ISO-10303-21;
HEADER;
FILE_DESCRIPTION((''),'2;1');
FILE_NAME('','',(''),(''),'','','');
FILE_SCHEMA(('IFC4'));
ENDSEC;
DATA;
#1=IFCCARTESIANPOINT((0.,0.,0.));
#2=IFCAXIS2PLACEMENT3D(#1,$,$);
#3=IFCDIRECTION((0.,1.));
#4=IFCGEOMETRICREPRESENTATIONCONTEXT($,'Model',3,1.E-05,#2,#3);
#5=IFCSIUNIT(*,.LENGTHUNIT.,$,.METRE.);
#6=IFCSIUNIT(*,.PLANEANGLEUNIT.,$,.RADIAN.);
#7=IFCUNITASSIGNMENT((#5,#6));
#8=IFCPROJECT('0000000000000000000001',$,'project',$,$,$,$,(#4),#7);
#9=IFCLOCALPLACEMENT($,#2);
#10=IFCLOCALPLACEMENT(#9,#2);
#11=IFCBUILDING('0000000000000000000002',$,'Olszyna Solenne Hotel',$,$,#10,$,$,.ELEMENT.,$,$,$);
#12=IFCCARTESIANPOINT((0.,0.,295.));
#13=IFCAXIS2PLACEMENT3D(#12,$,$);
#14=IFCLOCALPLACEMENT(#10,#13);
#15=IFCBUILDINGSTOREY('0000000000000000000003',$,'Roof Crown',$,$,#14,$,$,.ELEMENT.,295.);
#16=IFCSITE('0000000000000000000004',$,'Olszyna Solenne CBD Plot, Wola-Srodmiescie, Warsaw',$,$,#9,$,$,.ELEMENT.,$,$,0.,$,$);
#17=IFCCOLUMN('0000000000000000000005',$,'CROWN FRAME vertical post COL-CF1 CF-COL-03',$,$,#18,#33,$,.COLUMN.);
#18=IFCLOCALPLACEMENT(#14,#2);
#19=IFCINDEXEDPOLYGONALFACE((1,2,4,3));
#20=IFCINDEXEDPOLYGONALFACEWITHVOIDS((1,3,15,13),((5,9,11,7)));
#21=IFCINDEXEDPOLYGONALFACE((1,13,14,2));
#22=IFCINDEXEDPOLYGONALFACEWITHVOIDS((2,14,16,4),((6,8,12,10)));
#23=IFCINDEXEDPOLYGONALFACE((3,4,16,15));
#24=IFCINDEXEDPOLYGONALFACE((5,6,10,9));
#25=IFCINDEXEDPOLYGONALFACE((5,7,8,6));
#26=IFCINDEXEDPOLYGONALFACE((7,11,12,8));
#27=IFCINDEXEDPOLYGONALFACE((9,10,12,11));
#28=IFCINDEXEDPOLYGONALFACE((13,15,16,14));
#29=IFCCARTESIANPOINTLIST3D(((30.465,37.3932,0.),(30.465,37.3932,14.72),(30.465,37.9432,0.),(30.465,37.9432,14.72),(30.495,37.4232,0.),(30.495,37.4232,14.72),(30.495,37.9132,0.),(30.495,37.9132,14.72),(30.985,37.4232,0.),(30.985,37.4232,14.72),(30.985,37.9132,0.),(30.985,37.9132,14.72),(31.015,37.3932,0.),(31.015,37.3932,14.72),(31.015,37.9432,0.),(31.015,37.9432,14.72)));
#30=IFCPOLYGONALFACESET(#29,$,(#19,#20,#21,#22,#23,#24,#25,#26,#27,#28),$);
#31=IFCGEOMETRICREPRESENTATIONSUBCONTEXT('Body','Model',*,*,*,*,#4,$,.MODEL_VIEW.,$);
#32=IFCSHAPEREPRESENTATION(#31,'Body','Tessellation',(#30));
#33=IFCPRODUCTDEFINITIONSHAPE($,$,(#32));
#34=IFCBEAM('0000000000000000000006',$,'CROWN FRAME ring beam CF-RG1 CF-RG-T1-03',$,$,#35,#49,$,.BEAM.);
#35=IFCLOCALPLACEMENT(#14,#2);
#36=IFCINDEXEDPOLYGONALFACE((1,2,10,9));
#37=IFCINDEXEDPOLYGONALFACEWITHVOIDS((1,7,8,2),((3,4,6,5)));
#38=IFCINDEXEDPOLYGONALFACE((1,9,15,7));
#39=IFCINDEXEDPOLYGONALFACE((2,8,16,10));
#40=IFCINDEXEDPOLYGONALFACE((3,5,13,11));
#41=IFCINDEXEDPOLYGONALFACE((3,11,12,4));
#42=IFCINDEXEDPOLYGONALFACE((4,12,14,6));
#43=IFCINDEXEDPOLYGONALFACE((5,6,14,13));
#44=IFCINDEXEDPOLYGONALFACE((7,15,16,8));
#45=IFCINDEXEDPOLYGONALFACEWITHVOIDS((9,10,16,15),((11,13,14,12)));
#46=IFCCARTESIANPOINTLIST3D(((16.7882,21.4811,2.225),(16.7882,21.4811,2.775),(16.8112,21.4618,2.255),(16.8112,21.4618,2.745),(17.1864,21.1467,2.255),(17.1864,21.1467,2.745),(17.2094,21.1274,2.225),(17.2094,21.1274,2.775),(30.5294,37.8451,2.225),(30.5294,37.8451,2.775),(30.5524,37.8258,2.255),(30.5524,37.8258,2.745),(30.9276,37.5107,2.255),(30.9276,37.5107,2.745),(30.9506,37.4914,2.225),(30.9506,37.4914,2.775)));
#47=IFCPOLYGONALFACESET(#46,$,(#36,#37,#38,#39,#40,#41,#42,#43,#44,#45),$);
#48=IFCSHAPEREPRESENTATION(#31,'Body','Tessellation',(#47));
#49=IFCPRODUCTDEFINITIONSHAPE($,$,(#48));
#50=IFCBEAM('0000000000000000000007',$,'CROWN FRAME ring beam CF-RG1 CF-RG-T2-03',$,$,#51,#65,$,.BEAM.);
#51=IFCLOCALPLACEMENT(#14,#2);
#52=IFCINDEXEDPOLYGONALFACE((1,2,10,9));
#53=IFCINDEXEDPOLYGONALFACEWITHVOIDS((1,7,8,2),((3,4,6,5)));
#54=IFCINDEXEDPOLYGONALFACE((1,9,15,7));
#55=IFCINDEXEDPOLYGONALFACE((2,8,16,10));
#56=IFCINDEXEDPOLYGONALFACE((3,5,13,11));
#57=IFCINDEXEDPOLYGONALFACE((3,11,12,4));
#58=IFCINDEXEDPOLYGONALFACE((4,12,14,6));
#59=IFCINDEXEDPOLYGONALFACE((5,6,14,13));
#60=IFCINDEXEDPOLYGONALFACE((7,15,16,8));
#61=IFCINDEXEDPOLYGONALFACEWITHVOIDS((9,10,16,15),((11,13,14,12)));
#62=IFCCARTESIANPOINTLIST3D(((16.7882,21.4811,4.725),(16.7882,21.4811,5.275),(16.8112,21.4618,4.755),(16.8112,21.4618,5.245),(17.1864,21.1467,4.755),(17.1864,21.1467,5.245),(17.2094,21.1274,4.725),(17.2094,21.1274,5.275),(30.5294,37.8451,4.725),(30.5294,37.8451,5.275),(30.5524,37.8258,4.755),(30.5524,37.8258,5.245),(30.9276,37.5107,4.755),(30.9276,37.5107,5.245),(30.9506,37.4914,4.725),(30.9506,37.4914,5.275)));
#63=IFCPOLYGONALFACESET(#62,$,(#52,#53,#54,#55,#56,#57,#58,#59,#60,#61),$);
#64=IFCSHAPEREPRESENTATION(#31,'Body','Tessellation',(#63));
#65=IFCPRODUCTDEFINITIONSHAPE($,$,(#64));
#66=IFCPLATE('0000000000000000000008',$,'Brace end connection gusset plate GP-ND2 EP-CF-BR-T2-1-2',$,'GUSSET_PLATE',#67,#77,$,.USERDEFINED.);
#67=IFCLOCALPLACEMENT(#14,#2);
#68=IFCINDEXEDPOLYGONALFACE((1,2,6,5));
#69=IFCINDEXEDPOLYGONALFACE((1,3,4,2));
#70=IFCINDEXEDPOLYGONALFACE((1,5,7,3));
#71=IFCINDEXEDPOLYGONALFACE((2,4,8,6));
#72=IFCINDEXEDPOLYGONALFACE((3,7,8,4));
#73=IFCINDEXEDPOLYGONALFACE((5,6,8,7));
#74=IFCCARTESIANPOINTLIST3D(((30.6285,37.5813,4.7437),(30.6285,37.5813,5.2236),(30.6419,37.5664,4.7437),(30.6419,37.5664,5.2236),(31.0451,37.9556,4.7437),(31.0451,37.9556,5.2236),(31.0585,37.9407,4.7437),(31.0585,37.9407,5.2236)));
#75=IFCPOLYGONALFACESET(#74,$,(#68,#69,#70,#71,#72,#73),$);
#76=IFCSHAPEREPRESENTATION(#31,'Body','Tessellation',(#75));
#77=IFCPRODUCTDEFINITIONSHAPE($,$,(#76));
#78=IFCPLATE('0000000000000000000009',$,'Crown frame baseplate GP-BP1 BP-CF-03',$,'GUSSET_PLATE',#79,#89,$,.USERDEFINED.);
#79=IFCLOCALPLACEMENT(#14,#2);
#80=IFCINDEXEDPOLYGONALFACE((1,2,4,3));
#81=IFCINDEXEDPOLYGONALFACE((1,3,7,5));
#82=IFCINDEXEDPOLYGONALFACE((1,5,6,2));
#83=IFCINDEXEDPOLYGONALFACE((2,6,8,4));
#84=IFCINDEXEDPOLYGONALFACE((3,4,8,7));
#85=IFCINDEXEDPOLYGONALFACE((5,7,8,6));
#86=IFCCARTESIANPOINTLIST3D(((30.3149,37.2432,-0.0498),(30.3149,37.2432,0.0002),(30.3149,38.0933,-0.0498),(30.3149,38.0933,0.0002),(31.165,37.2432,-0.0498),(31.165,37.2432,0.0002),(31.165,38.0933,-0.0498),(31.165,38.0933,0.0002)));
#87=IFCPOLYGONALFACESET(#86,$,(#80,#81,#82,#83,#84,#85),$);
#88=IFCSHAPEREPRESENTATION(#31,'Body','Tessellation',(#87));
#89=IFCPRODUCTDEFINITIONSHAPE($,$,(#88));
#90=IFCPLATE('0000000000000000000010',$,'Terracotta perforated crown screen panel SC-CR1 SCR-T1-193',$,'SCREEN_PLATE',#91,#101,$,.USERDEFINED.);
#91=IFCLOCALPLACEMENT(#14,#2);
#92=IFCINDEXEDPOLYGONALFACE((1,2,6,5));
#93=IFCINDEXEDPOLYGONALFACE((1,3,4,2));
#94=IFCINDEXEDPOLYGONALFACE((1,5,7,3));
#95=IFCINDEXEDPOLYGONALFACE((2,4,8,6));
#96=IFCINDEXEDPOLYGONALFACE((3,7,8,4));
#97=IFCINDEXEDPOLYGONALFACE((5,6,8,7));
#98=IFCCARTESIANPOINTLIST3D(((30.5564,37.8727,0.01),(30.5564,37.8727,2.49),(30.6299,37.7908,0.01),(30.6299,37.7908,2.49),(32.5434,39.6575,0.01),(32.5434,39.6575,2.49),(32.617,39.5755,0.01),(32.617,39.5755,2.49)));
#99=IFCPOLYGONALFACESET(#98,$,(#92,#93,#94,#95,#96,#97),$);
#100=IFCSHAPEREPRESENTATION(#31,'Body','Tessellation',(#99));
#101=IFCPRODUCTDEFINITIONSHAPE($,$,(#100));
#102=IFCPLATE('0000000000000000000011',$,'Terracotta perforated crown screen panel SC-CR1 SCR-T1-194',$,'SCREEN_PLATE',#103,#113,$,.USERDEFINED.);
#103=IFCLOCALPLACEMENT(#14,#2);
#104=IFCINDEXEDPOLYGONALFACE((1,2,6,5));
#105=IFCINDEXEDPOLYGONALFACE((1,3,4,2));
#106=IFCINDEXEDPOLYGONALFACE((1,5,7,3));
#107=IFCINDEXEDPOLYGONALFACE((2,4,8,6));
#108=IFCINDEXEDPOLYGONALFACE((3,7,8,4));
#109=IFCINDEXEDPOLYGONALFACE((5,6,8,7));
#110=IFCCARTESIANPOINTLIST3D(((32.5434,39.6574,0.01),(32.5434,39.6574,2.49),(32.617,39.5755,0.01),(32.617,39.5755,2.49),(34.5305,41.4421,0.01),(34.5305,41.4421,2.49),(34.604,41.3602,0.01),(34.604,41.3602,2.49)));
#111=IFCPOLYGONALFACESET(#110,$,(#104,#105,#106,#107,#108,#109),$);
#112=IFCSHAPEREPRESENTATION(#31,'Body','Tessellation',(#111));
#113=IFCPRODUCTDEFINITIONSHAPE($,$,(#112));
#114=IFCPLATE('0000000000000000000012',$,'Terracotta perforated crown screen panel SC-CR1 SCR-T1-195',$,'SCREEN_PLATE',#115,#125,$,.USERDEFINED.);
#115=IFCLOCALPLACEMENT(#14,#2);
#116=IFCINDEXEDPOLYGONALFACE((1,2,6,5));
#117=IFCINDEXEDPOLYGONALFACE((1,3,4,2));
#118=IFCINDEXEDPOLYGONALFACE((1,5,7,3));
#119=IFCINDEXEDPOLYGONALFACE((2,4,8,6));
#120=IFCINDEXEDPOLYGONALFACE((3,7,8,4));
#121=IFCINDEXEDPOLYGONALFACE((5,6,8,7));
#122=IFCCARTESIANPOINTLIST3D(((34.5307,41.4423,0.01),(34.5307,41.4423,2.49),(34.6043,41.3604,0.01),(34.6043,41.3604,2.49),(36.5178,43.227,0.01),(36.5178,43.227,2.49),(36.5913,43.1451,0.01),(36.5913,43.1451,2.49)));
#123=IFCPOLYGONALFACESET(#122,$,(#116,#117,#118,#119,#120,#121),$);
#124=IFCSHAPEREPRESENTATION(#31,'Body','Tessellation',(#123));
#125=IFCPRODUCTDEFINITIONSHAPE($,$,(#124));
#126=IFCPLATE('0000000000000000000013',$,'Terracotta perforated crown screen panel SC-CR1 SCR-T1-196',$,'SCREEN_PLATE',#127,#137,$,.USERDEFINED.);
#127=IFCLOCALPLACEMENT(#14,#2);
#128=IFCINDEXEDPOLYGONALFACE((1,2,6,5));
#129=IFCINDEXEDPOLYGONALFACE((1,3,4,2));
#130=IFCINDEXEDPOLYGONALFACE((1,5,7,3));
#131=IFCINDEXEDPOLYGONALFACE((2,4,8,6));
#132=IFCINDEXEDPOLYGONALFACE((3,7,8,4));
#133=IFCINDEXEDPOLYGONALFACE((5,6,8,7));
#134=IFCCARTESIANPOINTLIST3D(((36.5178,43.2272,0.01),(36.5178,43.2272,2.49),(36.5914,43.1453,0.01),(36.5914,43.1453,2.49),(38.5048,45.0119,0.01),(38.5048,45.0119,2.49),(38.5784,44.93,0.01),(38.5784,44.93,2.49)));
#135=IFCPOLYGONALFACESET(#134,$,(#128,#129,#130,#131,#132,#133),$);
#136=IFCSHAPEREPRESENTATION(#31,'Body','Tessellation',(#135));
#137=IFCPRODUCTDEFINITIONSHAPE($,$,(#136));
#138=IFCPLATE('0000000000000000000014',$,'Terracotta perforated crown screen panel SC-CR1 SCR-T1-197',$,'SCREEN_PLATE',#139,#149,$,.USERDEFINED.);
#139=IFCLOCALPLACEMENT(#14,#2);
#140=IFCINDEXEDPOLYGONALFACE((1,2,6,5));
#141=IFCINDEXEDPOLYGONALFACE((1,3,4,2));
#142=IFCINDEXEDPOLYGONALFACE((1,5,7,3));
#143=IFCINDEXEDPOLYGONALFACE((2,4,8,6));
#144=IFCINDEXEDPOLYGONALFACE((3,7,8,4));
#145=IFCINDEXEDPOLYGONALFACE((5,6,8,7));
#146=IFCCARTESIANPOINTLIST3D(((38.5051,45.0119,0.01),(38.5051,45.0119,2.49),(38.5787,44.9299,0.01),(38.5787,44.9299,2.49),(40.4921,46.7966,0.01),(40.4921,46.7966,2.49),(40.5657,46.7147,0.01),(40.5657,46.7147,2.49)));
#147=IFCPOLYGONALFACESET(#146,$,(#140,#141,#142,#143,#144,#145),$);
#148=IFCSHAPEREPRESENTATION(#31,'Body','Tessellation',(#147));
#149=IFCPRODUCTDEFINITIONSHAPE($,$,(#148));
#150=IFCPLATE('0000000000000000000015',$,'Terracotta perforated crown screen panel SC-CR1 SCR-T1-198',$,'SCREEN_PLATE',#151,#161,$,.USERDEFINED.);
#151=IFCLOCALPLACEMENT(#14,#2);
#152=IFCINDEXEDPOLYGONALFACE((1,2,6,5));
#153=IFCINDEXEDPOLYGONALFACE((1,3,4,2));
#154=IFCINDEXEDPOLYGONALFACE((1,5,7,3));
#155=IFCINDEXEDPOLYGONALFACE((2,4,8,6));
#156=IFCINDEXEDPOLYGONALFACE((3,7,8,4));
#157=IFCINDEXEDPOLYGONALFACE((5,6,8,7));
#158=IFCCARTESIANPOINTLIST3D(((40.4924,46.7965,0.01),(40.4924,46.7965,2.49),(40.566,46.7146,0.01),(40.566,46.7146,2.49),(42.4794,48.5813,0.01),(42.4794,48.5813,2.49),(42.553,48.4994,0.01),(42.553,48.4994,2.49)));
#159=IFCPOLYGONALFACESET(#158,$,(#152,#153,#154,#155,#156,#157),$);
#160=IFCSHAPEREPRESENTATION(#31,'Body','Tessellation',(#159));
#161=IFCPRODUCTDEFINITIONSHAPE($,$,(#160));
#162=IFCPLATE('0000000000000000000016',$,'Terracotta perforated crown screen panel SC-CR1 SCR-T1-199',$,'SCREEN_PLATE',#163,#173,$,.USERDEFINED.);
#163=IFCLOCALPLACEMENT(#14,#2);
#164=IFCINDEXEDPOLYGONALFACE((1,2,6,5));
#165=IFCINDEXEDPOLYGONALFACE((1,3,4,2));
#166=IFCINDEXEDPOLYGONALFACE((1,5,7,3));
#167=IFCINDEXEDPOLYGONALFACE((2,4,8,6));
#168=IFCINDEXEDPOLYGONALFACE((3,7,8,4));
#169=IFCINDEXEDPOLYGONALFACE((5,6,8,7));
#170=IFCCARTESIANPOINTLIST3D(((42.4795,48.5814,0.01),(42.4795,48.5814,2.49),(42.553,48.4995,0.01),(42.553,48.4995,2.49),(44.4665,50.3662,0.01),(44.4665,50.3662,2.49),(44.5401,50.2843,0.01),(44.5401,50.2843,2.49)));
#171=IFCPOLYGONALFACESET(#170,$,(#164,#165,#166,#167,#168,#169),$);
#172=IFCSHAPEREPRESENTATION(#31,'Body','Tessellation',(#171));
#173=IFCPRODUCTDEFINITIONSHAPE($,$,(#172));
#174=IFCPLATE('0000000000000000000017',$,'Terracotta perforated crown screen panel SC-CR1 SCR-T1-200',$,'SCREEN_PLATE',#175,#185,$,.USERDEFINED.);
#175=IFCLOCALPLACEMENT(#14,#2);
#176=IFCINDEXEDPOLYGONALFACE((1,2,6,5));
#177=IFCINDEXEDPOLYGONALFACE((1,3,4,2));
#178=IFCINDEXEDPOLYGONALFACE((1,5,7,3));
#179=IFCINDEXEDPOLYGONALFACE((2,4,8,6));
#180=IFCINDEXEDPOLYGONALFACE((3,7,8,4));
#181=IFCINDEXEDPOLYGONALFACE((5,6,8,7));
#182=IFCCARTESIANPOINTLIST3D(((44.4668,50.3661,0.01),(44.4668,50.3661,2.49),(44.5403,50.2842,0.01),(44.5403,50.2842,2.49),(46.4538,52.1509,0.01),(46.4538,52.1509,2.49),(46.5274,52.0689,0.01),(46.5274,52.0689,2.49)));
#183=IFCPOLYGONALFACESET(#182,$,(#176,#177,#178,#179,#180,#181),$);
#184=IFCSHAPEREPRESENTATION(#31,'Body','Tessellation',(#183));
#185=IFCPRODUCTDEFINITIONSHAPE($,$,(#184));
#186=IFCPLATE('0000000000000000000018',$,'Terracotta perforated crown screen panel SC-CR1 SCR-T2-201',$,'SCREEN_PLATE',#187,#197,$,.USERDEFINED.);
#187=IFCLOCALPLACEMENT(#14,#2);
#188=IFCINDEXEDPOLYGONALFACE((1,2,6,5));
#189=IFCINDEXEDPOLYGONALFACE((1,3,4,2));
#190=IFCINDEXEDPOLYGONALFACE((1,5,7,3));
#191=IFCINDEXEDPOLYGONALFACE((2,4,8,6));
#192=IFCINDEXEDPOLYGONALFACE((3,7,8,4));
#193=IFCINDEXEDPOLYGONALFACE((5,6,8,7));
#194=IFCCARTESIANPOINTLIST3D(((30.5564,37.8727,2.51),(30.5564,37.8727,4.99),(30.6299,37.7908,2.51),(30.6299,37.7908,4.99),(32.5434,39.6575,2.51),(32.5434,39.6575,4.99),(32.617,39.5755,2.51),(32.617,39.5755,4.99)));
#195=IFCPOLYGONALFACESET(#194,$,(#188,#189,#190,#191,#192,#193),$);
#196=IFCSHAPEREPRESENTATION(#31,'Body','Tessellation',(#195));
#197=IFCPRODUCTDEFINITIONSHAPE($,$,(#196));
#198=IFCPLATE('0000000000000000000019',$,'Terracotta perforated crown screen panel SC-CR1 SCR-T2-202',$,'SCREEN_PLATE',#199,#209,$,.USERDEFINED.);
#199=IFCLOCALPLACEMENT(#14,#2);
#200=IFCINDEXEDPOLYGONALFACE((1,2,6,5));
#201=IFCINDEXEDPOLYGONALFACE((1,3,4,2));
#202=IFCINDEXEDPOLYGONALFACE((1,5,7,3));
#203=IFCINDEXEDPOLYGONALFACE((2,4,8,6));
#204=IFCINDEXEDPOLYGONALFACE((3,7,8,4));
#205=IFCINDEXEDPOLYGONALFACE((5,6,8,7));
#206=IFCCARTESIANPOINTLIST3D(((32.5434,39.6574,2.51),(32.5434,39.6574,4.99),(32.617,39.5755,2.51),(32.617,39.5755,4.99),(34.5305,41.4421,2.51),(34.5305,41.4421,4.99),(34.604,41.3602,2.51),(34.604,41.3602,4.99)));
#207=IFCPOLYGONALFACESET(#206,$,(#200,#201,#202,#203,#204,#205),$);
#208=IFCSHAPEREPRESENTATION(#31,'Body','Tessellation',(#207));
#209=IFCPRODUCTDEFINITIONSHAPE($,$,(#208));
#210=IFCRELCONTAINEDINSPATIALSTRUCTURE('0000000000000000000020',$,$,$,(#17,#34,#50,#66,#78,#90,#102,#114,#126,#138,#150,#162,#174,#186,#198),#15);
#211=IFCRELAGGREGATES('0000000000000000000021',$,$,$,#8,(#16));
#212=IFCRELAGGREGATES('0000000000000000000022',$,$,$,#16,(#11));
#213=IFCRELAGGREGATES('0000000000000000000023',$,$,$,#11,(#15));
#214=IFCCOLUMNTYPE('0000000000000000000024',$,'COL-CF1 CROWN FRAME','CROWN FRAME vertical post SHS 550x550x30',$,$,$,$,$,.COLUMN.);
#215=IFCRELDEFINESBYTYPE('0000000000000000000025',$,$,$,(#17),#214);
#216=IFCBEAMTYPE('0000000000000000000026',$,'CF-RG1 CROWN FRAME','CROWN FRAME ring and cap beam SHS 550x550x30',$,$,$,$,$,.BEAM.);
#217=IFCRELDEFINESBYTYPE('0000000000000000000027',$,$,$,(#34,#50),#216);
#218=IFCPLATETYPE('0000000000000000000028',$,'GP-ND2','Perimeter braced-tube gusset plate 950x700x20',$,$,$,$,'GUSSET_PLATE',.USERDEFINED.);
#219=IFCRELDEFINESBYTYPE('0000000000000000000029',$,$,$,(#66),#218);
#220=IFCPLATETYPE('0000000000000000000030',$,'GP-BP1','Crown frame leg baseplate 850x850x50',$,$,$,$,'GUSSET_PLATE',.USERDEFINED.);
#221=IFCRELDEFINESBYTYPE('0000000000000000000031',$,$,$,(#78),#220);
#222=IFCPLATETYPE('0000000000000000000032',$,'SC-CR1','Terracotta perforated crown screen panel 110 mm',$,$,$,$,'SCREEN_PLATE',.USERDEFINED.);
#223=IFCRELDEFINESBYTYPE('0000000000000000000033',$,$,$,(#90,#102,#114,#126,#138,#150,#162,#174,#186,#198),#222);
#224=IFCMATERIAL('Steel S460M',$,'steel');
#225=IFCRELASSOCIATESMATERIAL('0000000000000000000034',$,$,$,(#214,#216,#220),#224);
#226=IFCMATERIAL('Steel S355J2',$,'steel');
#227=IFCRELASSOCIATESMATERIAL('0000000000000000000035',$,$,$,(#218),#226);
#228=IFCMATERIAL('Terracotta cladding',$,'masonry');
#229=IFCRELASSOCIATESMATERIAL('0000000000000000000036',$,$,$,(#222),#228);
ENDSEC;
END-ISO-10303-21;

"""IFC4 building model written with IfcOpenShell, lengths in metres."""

from ifc_helpers import new_model, si_unit, direction, frame, origin, origin_2d, place, context, subcontext, project, spatial, rectangle, hollow_rectangle, extrude, source, transform, mapped, material, material_profile, profile_set, type_object, element, save


model = new_model("IFC4")

# Units and contexts
model_context = context("Model", 3, precision=1e-05, world=origin(), true_north=direction((0.0, 1.0)))
body_context = subcontext(model_context, "Body", "Model", "MODEL_VIEW")
ifc_project = project(units=[si_unit("LENGTHUNIT", "METRE"), si_unit("PLANEANGLEUNIT", "RADIAN")], contexts=[model_context])

# Site, building, storey
site_placement = place(None, origin())
site = spatial("IfcSite", under=ifc_project, at=site_placement, Name="Olszyna Solenne CBD Plot, Wola-Srodmiescie, Warsaw", CompositionType="ELEMENT", RefElevation=0.0)
building_placement = place(site_placement, origin())
building = spatial("IfcBuilding", under=site, at=building_placement, Name="Olszyna Solenne Hotel", CompositionType="ELEMENT")
storey_placement = place(building_placement, frame((0.0, 0.0, 295.0)))
storey = spatial("IfcBuildingStorey", under=building, at=storey_placement, Name="Roof Crown", CompositionType="ELEMENT", Elevation=295.0)

# Column
ifc_material_1 = material(Name="Steel S460M", Category="steel")
ifc_material_profile_1 = material_profile(ifc_material_1, hollow_rectangle(XDim=0.55, YDim=0.55, WallThickness=0.03, at=origin_2d()), Name="SHS 550x550x30", Category="load-bearing")
ifc_profile_set_1 = profile_set([ifc_material_profile_1], Name="Steel S460M")
column_type = type_object("IfcColumnType", Name="COL-CF1 CROWN FRAME", Description="CROWN FRAME vertical post SHS 550x550x30", PredefinedType="COLUMN", material=ifc_profile_set_1)
shared_shape_1 = source(origin(), body_context, "Body", "SweptSolid", [
    extrude(hollow_rectangle(XDim=0.55, YDim=0.55, WallThickness=0.03, at=origin_2d()), origin(), (0.0, 0.0, 1.0), 14.72),
])
column_placement = place(storey_placement, frame((30.74, 37.6682, 0.0), z_axis=(0.0, 0.0, 1.0), x_axis=(1.0, 0.0, 0.0)))
element("IfcColumn", 1, at=column_placement, inside=storey, type_object=column_type, Name="CROWN FRAME vertical post COL-CF1 CF-COL-03", PredefinedType="COLUMN", context=body_context, shape_type="MappedRepresentation", body=[
    mapped(shared_shape_1, transform((0.0, 0.0, 0.0), x_axis=(1.0, 0.0, 0.0), y_axis=(0.0, 1.0, 0.0), z_axis=(0.0, 0.0, 1.0), scale=1.0)),
])

# Beams
ifc_material_profile_2 = material_profile(ifc_material_1, hollow_rectangle(XDim=0.55, YDim=0.55, WallThickness=0.03, at=origin_2d()), Name="SHS 550x550x30", Category="load-bearing")
ifc_profile_set_2 = profile_set([ifc_material_profile_2], Name="Steel S460M")
beam_type = type_object("IfcBeamType", Name="CF-RG1 CROWN FRAME", Description="CROWN FRAME ring and cap beam SHS 550x550x30", PredefinedType="BEAM", material=ifc_profile_set_2)
shared_shape_2 = source(origin(), body_context, "Body", "SweptSolid", [
    extrude(hollow_rectangle(XDim=0.55, YDim=0.55, WallThickness=0.03, at=origin_2d()), origin(), (0.0, 0.0, 1.0), 21.3682),
])
for number, where, z_axis, x_axis, name in (
    (2, (30.74, 37.6682, 2.5), (-0.643067, -0.76581, 0.0), (0.76581, -0.643067, 0.0), "CROWN FRAME ring beam CF-RG1 CF-RG-T1-03"),
    (3, (30.74, 37.6682, 5.0), (-0.643067, -0.76581, 0.0), (0.76581, -0.643067, 0.0), "CROWN FRAME ring beam CF-RG1 CF-RG-T2-03"),
):
    element("IfcBeam", number, at=place(storey_placement, frame(where, z_axis=z_axis, x_axis=x_axis)), inside=storey, type_object=beam_type, Name=name, PredefinedType="BEAM", context=body_context, shape_type="MappedRepresentation", body=[
        mapped(shared_shape_2, transform((0.0, 0.0, 0.0), x_axis=(1.0, 0.0, 0.0), y_axis=(0.0, 1.0, 0.0), z_axis=(0.0, 0.0, 1.0), scale=1.0)),
    ])

# Plates
ifc_material_2 = material(Name="Steel S355J2", Category="steel")
plate_type_1 = type_object("IfcPlateType", Name="GP-ND2", Description="Perimeter braced-tube gusset plate 950x700x20", ElementType="GUSSET_PLATE", PredefinedType="USERDEFINED", material=ifc_material_2)
shared_shape_3 = source(origin(), body_context, "Body", "SweptSolid", [
    extrude(rectangle(XDim=0.5601, YDim=0.02, at=origin_2d()), origin(), (0.0, 0.0, 1.0), 0.48),
])
plate_1_placement = place(storey_placement, frame((30.8435, 37.761, 4.7437), z_axis=(0.0, 0.0, 1.0), x_axis=(-0.743962, -0.668222, 0.0)))
element("IfcPlate", 4, at=plate_1_placement, inside=storey, type_object=plate_type_1, Name="Brace end connection gusset plate GP-ND2 EP-CF-BR-T2-1-2", ObjectType="GUSSET_PLATE", PredefinedType="USERDEFINED", context=body_context, shape_type="MappedRepresentation", body=[
    mapped(shared_shape_3, transform((0.0, 0.0, 0.0), x_axis=(1.0, 0.0, 0.0), y_axis=(0.0, 1.0, 0.0), z_axis=(0.0, 0.0, 1.0), scale=1.0)),
])
plate_type_2 = type_object("IfcPlateType", Name="GP-BP1", Description="Crown frame leg baseplate 850x850x50", ElementType="GUSSET_PLATE", PredefinedType="USERDEFINED", material=ifc_material_1)
shared_shape_4 = source(origin(), body_context, "Body", "SweptSolid", [
    extrude(rectangle(XDim=0.8501, YDim=0.8501, at=origin_2d()), origin(), (0.0, 0.0, 1.0), 0.05),
])
plate_2_placement = place(storey_placement, frame((30.74, 37.6682, -0.0498), z_axis=(0.0, 0.0, 1.0), x_axis=(1.0, 0.0, 0.0)))
element("IfcPlate", 5, at=plate_2_placement, inside=storey, type_object=plate_type_2, Name="Crown frame baseplate GP-BP1 BP-CF-03", ObjectType="GUSSET_PLATE", PredefinedType="USERDEFINED", context=body_context, shape_type="MappedRepresentation", body=[
    mapped(shared_shape_4, transform((0.0, 0.0, 0.0), x_axis=(1.0, 0.0, 0.0), y_axis=(0.0, 1.0, 0.0), z_axis=(0.0, 0.0, 1.0), scale=1.0)),
])
ifc_material_3 = material(Name="Terracotta cladding", Category="masonry")
plate_type_3 = type_object("IfcPlateType", Name="SC-CR1", Description="Terracotta perforated crown screen panel 110 mm", ElementType="SCREEN_PLATE", PredefinedType="USERDEFINED", material=ifc_material_3)
shared_shape_5 = source(origin(), body_context, "Body", "SweptSolid", [
    extrude(rectangle(XDim=2.6709, YDim=0.1101, at=origin_2d()), origin(), (0.0, 0.0, 1.0), 2.48),
])
for number, where, z_axis, x_axis, name in (
    (6, (31.5867, 38.7241, 0.01), (0.0, 0.0, 1.0), (0.743962, 0.668222, 0.0), "Terracotta perforated crown screen panel SC-CR1 SCR-T1-193"),
    (7, (33.5737, 40.5088, 0.01), (0.0, 0.0, 1.0), (0.743962, 0.668222, 0.0), "Terracotta perforated crown screen panel SC-CR1 SCR-T1-194"),
    (8, (35.561, 42.2937, 0.01), (0.0, 0.0, 1.0), (0.743962, 0.668222, 0.0), "Terracotta perforated crown screen panel SC-CR1 SCR-T1-195"),
    (9, (37.5481, 44.0786, 0.01), (0.0, 0.0, 1.0), (0.743962, 0.668222, 0.0), "Terracotta perforated crown screen panel SC-CR1 SCR-T1-196"),
    (10, (39.5354, 45.8633, 0.01), (0.0, 0.0, 1.0), (0.743962, 0.668222, 0.0), "Terracotta perforated crown screen panel SC-CR1 SCR-T1-197"),
    (11, (41.5227, 47.6479, 0.01), (0.0, 0.0, 1.0), (0.743962, 0.668222, 0.0), "Terracotta perforated crown screen panel SC-CR1 SCR-T1-198"),
    (12, (43.5098, 49.4329, 0.01), (0.0, 0.0, 1.0), (0.743962, 0.668222, 0.0), "Terracotta perforated crown screen panel SC-CR1 SCR-T1-199"),
    (13, (45.4971, 51.2175, 0.01), (0.0, 0.0, 1.0), (0.743962, 0.668222, 0.0), "Terracotta perforated crown screen panel SC-CR1 SCR-T1-200"),
    (14, (31.5867, 38.7241, 2.51), (0.0, 0.0, 1.0), (0.743962, 0.668222, 0.0), "Terracotta perforated crown screen panel SC-CR1 SCR-T2-201"),
    (15, (33.5737, 40.5088, 2.51), (0.0, 0.0, 1.0), (0.743962, 0.668222, 0.0), "Terracotta perforated crown screen panel SC-CR1 SCR-T2-202"),
):
    element("IfcPlate", number, at=place(storey_placement, frame(where, z_axis=z_axis, x_axis=x_axis)), inside=storey, type_object=plate_type_3, Name=name, ObjectType="SCREEN_PLATE", PredefinedType="USERDEFINED", context=body_context, shape_type="MappedRepresentation", body=[
        mapped(shared_shape_5, transform((0.0, 0.0, 0.0), x_axis=(1.0, 0.0, 0.0), y_axis=(0.0, 1.0, 0.0), z_axis=(0.0, 0.0, 1.0), scale=1.0)),
    ])

save(model, "model.ifc")
